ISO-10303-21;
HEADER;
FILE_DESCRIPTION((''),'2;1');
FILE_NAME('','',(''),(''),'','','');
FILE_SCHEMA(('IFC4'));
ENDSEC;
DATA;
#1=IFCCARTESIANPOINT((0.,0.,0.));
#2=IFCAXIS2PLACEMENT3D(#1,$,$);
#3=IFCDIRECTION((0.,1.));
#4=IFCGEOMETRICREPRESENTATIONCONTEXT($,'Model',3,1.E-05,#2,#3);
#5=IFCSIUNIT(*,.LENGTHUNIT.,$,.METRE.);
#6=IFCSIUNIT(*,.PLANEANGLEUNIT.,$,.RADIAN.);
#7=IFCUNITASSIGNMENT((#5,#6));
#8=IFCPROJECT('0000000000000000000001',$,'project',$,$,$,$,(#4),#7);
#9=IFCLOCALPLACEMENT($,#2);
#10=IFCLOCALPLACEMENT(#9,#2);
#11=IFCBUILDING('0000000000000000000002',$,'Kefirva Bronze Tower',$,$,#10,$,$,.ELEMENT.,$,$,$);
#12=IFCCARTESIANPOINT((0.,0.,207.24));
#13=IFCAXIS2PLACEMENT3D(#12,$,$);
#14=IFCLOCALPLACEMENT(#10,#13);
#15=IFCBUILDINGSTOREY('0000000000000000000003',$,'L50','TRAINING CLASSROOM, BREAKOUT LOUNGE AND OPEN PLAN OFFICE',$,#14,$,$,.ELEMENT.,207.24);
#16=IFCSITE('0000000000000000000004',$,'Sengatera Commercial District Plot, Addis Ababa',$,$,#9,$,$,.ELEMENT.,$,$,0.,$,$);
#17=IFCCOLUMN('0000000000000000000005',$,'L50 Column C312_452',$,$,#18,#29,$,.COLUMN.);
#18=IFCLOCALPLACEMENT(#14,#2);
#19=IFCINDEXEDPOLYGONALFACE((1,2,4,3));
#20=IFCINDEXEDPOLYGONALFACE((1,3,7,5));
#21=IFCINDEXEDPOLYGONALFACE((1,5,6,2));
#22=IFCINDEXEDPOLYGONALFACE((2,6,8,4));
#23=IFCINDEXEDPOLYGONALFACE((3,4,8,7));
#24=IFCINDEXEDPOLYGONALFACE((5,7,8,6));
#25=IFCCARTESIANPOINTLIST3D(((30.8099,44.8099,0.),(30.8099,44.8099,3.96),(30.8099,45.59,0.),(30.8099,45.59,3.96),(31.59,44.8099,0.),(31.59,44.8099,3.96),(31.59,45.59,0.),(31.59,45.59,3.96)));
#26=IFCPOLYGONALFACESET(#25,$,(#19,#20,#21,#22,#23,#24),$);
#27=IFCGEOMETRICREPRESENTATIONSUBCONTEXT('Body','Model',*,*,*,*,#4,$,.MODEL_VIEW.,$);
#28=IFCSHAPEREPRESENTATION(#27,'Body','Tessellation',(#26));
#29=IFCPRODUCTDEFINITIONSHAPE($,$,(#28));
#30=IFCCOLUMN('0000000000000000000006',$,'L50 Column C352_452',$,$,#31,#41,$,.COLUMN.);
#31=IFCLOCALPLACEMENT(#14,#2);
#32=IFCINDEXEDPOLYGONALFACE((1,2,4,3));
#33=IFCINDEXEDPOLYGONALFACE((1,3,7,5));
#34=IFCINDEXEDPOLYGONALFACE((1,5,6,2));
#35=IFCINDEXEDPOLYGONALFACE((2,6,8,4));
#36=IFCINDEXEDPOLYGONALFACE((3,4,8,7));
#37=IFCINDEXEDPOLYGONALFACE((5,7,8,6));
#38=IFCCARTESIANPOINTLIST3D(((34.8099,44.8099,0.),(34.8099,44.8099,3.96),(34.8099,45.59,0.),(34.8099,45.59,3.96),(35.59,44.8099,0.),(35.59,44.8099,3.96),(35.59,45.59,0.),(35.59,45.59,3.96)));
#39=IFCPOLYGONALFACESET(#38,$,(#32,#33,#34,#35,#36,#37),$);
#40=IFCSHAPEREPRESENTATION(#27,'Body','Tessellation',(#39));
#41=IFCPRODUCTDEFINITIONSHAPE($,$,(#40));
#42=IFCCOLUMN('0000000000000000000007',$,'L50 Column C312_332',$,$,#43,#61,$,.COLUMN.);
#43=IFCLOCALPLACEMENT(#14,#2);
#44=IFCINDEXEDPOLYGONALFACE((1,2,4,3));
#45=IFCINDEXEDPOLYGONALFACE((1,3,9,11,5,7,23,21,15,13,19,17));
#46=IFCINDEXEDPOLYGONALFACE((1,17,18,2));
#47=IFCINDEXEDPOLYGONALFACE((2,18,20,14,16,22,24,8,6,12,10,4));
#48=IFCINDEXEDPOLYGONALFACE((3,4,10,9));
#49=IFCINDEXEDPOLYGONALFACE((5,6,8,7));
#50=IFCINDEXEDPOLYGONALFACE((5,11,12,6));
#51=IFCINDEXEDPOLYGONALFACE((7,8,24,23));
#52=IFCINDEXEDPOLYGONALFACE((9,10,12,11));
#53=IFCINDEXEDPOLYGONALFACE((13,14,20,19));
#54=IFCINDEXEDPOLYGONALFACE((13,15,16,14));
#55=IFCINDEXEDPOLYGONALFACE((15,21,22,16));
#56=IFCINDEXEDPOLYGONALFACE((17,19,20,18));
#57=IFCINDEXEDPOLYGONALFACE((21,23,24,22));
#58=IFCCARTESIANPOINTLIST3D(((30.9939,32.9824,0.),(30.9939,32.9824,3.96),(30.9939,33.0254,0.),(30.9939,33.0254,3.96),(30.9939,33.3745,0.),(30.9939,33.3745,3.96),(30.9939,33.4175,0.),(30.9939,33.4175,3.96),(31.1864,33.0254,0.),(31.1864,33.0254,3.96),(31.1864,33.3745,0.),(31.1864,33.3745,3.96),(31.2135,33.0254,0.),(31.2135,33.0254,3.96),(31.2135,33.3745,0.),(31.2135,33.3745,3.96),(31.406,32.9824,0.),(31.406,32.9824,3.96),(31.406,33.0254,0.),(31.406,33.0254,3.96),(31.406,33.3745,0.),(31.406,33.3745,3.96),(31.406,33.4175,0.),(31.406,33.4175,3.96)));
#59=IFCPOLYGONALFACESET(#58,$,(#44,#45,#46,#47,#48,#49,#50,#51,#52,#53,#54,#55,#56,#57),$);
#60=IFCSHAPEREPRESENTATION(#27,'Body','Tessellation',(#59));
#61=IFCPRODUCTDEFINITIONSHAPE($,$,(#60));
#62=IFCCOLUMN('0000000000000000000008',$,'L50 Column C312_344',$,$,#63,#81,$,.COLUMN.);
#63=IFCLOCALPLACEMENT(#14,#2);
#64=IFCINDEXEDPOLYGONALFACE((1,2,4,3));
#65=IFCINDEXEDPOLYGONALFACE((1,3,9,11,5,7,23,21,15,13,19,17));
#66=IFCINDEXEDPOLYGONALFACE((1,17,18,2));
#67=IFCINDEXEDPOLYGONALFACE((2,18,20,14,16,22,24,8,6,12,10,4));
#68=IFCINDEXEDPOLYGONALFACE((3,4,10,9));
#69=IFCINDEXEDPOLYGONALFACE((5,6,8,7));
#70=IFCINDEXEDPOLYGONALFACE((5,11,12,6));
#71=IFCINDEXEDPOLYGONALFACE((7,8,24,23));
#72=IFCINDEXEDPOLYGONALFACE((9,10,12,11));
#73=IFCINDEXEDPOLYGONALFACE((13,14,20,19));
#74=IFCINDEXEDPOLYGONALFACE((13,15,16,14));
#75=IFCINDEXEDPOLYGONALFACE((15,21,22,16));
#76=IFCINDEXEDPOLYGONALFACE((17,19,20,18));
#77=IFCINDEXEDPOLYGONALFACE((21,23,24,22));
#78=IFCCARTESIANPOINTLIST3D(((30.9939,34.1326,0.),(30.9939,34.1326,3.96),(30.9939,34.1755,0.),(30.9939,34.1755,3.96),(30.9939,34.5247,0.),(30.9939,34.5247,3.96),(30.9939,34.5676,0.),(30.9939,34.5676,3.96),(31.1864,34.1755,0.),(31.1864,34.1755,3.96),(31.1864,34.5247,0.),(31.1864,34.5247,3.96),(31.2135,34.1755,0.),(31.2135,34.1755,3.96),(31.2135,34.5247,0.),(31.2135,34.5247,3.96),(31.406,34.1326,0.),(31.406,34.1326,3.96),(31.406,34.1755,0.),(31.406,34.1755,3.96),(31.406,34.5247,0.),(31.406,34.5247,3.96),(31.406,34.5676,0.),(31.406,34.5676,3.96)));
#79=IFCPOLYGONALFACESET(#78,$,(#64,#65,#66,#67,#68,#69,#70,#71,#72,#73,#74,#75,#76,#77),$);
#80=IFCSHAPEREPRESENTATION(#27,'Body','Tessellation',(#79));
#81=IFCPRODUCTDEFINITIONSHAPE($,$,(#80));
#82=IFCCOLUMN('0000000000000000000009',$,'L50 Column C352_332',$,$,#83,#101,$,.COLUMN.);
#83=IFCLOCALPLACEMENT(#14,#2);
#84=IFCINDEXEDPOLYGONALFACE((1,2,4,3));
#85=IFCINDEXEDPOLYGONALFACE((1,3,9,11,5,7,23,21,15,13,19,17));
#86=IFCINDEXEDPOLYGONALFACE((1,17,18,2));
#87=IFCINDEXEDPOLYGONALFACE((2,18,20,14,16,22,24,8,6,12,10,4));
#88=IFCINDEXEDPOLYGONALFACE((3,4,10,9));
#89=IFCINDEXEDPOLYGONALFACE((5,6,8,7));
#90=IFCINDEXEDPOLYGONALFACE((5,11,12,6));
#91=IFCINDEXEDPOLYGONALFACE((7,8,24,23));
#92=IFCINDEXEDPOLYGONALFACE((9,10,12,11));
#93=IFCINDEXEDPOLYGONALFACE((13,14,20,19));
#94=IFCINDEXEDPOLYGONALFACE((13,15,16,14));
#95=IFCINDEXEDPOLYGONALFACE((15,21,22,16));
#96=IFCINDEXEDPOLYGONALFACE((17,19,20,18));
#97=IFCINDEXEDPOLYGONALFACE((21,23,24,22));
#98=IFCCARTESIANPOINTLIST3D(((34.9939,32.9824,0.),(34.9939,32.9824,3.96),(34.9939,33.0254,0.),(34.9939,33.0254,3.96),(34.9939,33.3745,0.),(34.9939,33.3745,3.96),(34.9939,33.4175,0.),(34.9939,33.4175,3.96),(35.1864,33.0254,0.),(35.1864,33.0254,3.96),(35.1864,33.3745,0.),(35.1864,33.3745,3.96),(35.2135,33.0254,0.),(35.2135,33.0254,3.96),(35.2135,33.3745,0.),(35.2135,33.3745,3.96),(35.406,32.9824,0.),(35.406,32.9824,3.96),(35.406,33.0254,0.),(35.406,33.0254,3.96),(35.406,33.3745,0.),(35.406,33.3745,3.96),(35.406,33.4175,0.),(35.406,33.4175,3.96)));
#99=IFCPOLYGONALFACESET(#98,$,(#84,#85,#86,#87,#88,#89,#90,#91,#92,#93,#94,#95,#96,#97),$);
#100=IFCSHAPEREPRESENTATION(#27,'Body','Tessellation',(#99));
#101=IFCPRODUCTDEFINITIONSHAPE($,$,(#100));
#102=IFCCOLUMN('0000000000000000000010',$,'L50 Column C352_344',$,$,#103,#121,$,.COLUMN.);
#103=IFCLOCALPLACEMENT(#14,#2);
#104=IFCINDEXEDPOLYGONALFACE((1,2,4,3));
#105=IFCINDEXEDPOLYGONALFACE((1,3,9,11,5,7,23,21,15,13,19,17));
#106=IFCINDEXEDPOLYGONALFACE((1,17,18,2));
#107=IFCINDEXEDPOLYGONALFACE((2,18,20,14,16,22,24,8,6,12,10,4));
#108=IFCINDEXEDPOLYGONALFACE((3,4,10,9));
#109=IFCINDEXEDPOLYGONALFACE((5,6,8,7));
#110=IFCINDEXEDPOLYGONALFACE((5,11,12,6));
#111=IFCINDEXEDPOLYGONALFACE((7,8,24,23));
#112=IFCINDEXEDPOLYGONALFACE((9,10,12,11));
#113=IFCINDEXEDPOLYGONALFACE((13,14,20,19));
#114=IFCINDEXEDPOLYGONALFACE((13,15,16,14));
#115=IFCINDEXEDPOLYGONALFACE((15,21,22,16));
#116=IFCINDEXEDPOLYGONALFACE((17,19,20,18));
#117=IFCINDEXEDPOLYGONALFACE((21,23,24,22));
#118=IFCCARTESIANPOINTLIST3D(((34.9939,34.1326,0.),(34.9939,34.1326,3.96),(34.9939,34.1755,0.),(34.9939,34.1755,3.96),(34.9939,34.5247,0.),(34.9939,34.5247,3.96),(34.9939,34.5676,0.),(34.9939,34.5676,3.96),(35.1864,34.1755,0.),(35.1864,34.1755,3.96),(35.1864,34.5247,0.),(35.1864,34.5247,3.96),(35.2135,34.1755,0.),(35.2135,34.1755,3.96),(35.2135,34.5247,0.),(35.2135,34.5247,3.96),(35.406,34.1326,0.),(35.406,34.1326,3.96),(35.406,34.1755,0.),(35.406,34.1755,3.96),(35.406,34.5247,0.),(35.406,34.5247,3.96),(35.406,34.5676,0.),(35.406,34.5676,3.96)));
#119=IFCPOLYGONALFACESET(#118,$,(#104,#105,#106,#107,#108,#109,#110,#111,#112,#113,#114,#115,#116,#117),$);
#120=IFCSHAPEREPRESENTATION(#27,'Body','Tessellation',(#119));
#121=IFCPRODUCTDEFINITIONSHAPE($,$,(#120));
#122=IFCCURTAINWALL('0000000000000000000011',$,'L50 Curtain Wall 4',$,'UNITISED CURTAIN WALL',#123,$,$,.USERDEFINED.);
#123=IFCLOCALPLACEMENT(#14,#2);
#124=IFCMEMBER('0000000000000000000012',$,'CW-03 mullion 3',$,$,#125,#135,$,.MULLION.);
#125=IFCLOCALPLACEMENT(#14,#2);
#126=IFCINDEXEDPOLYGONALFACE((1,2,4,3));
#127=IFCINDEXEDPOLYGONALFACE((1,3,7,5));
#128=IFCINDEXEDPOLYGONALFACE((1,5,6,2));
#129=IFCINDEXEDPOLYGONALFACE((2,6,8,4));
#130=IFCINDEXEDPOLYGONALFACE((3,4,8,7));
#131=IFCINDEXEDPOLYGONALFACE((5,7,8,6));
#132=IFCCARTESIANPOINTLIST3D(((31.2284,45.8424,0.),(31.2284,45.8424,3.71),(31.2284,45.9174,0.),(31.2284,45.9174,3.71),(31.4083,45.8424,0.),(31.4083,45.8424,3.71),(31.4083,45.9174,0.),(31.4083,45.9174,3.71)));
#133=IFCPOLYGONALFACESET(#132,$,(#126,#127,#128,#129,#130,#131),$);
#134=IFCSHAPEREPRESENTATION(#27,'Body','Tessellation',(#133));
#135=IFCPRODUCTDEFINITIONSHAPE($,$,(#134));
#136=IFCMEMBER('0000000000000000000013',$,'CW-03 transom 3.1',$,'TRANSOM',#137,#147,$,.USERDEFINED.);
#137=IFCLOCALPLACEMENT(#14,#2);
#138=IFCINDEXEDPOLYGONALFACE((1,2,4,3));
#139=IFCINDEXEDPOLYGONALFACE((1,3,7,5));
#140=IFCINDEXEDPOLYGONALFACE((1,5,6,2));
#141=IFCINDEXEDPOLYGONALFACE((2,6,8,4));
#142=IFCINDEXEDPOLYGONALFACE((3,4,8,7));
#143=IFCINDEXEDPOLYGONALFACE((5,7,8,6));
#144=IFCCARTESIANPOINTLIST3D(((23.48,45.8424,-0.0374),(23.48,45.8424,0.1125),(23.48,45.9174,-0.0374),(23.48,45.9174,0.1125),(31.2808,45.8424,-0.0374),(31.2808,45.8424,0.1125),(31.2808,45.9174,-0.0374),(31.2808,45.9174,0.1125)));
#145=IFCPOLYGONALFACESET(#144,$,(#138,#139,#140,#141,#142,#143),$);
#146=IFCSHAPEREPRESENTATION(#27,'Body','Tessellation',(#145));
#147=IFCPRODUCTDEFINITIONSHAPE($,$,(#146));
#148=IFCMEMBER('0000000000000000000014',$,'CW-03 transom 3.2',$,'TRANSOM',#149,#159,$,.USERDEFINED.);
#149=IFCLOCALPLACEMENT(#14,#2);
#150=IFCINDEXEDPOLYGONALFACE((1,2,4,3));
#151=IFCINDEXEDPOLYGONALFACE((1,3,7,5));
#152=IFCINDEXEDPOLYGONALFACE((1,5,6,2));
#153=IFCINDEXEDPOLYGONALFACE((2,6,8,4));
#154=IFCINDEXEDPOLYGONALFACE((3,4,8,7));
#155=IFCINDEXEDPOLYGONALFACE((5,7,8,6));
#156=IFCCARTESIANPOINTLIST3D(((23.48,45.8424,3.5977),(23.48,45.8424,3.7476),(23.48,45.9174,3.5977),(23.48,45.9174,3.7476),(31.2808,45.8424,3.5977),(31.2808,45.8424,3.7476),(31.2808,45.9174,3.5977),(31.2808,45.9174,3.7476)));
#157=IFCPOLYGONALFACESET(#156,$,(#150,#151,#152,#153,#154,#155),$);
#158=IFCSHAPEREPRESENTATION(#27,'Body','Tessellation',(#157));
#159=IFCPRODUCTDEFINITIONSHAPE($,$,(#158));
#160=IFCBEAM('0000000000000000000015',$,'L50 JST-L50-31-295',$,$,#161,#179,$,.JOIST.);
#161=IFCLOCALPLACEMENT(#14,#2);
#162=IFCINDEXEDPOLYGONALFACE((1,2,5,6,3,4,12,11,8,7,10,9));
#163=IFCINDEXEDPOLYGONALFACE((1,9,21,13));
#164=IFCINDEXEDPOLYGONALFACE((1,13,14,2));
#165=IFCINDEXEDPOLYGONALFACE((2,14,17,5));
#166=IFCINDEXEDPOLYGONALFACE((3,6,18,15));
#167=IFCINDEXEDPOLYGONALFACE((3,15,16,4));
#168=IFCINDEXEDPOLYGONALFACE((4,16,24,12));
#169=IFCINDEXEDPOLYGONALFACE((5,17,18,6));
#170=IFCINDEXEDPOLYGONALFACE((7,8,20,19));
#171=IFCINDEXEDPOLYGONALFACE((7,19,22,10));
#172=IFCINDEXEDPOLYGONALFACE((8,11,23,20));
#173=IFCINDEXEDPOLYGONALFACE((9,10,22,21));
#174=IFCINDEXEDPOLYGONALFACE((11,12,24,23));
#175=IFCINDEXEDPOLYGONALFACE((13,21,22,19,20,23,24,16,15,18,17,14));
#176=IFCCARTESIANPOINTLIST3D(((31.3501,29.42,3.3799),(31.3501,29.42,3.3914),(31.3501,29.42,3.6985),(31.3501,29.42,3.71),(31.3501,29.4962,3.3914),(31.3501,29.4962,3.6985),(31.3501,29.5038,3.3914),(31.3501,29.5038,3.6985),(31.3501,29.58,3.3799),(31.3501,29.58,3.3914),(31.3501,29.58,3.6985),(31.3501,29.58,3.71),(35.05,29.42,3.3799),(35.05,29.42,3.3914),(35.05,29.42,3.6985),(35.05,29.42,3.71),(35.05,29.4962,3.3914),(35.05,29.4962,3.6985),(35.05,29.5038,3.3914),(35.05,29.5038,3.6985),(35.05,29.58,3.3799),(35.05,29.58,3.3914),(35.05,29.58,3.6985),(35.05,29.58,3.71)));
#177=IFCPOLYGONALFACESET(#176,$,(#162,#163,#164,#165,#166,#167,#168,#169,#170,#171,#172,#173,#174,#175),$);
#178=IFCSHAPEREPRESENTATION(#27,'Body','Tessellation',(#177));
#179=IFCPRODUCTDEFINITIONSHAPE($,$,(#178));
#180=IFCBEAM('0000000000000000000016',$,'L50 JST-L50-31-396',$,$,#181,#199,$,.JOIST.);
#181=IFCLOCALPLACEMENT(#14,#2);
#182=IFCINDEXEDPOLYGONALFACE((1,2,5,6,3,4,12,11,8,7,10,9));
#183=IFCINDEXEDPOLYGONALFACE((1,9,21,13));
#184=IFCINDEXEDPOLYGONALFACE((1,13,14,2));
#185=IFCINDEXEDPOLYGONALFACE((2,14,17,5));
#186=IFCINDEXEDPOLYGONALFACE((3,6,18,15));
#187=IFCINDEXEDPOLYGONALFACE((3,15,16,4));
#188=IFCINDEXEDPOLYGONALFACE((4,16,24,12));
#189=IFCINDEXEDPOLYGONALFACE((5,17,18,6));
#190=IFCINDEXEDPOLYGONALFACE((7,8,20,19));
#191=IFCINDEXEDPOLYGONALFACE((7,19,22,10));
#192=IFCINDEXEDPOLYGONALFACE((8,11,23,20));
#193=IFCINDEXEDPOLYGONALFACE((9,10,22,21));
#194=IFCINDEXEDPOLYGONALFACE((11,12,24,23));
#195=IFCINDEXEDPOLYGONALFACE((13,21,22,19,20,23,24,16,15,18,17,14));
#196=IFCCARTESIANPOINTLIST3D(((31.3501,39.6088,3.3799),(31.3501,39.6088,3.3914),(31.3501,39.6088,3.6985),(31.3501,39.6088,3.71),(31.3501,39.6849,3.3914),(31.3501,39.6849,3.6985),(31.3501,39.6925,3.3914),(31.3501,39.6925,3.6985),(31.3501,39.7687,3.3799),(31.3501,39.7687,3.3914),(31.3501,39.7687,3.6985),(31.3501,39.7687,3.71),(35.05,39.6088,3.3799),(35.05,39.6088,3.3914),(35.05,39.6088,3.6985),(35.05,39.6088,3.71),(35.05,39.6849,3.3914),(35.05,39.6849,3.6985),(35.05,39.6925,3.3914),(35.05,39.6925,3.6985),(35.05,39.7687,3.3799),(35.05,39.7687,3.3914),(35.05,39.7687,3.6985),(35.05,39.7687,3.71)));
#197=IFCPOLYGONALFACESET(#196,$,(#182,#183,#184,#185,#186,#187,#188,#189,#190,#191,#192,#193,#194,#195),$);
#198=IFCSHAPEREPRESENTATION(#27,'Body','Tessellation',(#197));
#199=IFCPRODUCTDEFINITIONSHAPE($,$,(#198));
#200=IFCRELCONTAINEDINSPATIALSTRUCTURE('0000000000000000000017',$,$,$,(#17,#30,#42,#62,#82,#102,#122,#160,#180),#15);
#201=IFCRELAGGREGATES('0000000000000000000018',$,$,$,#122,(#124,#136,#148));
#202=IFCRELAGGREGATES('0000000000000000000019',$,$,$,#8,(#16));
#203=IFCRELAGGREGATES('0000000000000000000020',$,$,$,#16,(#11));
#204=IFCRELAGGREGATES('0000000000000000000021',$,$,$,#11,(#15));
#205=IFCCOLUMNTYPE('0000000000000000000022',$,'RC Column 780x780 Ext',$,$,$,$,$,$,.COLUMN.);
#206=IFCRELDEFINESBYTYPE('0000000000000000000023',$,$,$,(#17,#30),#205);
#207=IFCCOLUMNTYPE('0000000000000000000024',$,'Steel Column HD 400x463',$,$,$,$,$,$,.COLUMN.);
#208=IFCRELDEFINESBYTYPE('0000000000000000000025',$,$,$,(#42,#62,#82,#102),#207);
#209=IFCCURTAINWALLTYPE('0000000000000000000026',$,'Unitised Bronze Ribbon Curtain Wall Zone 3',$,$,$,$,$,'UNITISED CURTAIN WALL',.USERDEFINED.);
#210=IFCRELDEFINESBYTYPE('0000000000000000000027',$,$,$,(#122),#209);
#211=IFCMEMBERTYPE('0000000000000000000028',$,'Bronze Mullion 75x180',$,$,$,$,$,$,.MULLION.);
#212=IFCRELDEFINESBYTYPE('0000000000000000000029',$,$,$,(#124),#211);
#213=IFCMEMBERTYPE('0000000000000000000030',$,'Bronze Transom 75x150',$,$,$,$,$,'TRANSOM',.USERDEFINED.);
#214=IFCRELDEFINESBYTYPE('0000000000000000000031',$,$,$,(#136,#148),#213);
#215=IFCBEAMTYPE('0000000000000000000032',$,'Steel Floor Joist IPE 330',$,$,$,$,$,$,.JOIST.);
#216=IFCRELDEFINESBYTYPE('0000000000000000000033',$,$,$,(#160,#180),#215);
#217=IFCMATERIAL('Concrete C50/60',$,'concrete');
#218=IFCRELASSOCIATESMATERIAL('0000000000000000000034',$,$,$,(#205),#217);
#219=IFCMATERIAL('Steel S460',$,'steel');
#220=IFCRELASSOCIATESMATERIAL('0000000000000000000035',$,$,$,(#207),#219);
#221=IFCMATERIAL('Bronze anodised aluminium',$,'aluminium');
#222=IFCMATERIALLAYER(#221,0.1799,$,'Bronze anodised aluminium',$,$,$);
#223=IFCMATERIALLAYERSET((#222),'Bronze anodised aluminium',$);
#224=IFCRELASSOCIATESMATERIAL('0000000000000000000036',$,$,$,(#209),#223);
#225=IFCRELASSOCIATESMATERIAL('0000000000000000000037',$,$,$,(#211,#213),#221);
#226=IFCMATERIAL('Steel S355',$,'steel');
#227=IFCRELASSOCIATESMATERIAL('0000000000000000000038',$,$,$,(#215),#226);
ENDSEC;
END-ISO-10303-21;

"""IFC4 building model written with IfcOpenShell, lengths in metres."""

from ifc_helpers import new_model, si_unit, direction, frame, origin, origin_2d, place, context, subcontext, project, spatial, rectangle, i_section, extrude, material, layer, layer_set, material_profile, profile_set, type_object, element, aggregate, save


model = new_model("IFC4")

# Units and contexts
model_context = context("Model", 3, precision=1e-05, world=origin(), true_north=direction((0.0, 1.0)))
body_context = subcontext(model_context, "Body", "Model", "MODEL_VIEW")
ifc_project = project(units=[si_unit("LENGTHUNIT", "METRE"), si_unit("PLANEANGLEUNIT", "RADIAN")], contexts=[model_context])

# Site, building, storey
site_placement = place(None, origin())
site = spatial("IfcSite", under=ifc_project, at=site_placement, Name="Sengatera Commercial District Plot, Addis Ababa", CompositionType="ELEMENT", RefElevation=0.0)
building_placement = place(site_placement, origin())
building = spatial("IfcBuilding", under=site, at=building_placement, Name="Kefirva Bronze Tower", CompositionType="ELEMENT")
storey_placement = place(building_placement, frame((0.0, 0.0, 207.24)))
storey = spatial("IfcBuildingStorey", under=building, at=storey_placement, Name="L50", Description="TRAINING CLASSROOM, BREAKOUT LOUNGE AND OPEN PLAN OFFICE", CompositionType="ELEMENT", Elevation=207.24)

# Columns
ifc_material_1 = material(Name="Concrete C50/60", Category="concrete")
ifc_material_profile_1 = material_profile(ifc_material_1, rectangle(XDim=0.78, YDim=0.78, at=origin_2d()), Name="RC 780x780")
ifc_profile_set_1 = profile_set([ifc_material_profile_1], Name="Concrete C50/60")
column_type_1 = type_object("IfcColumnType", Name="RC Column 780x780 Ext", PredefinedType="COLUMN", material=ifc_profile_set_1)
for number, where, z_axis, x_axis, name in (
    (1, (31.2, 45.2, 0.0), (0.0, 0.0, 1.0), (1.0, 0.0, 0.0), "L50 Column C312_452"),
    (2, (35.2, 45.2, 0.0), (0.0, 0.0, 1.0), (1.0, 0.0, 0.0), "L50 Column C352_452"),
):
    element("IfcColumn", number, at=place(storey_placement, frame(where, z_axis=z_axis, x_axis=x_axis)), inside=storey, type_object=column_type_1, Name=name, PredefinedType="COLUMN", context=body_context, shape_type="SweptSolid", body=[
        extrude(rectangle(XDim=0.78, YDim=0.78, at=origin_2d()), origin(), (0.0, 0.0, 1.0), 3.96),
    ])
ifc_material_2 = material(Name="Steel S460", Category="steel")
ifc_material_profile_2 = material_profile(ifc_material_2, i_section(OverallWidth=0.4121, OverallDepth=0.4351, WebThickness=0.0271, FlangeThickness=0.043, at=origin_2d()), Name="HD 400x463")
ifc_profile_set_2 = profile_set([ifc_material_profile_2], Name="Steel S460")
column_type_2 = type_object("IfcColumnType", Name="Steel Column HD 400x463", PredefinedType="COLUMN", material=ifc_profile_set_2)
for number, where, z_axis, x_axis, name in (
    (3, (31.2, 33.2, 0.0), (0.0, 0.0, 1.0), (1.0, 0.0, 0.0), "L50 Column C312_332"),
    (4, (31.2, 34.3501, 0.0), (0.0, 0.0, 1.0), (1.0, 0.0, 0.0), "L50 Column C312_344"),
    (5, (35.2, 33.2, 0.0), (0.0, 0.0, 1.0), (1.0, 0.0, 0.0), "L50 Column C352_332"),
    (6, (35.2, 34.3501, 0.0), (0.0, 0.0, 1.0), (1.0, 0.0, 0.0), "L50 Column C352_344"),
):
    element("IfcColumn", number, at=place(storey_placement, frame(where, z_axis=z_axis, x_axis=x_axis)), inside=storey, type_object=column_type_2, Name=name, PredefinedType="COLUMN", context=body_context, shape_type="SweptSolid", body=[
        extrude(i_section(OverallWidth=0.4121, OverallDepth=0.4351, WebThickness=0.0271, FlangeThickness=0.043, at=origin_2d()), origin(), (0.0, 0.0, 1.0), 3.96),
    ])

# Curtain wall, members
ifc_material_3 = material(Name="Bronze anodised aluminium", Category="aluminium")
ifc_layer_1 = layer(ifc_material_3, 0.1799, Name="Bronze anodised aluminium")
ifc_layer_set_1 = layer_set([ifc_layer_1], Name="Bronze anodised aluminium")
curtain_wall_type = type_object("IfcCurtainWallType", Name="Unitised Bronze Ribbon Curtain Wall Zone 3", ElementType="UNITISED CURTAIN WALL", PredefinedType="USERDEFINED", material=ifc_layer_set_1)
curtain_wall_placement = place(storey_placement, origin())
curtain_wall = element("IfcCurtainWall", 7, at=curtain_wall_placement, inside=storey, type_object=curtain_wall_type, Name="L50 Curtain Wall 4", ObjectType="UNITISED CURTAIN WALL", PredefinedType="USERDEFINED")
ifc_material_profile_3 = material_profile(ifc_material_3, rectangle(XDim=0.075, YDim=0.1799, at=origin_2d()), Name="ALU 75x180")
ifc_profile_set_3 = profile_set([ifc_material_profile_3], Name="Bronze anodised aluminium")
member_type_1 = type_object("IfcMemberType", Name="Bronze Mullion 75x180", PredefinedType="MULLION", material=ifc_profile_set_3)
member_1_placement = place(storey_placement, frame((31.3184, 45.8799, 0.0), z_axis=(0.0, 0.0, 1.0), x_axis=(0.0, -1.0, 0.0)))
member_1 = element("IfcMember", 8, at=member_1_placement, type_object=member_type_1, Name="CW-03 mullion 3", PredefinedType="MULLION", context=body_context, shape_type="SweptSolid", body=[
    extrude(rectangle(XDim=0.075, YDim=0.1799, at=origin_2d()), origin(), (0.0, 0.0, 1.0), 3.71),
])
ifc_material_profile_4 = material_profile(ifc_material_3, rectangle(XDim=0.075, YDim=0.1499, at=origin_2d()), Name="ALU 75x150")
ifc_profile_set_4 = profile_set([ifc_material_profile_4], Name="Bronze anodised aluminium")
member_type_2 = type_object("IfcMemberType", Name="Bronze Transom 75x150", ElementType="TRANSOM", PredefinedType="USERDEFINED", material=ifc_profile_set_4)
member_2_placement = place(storey_placement, frame((31.2808, 45.8799, 0.0376), z_axis=(-1.0, 0.0, 0.0), x_axis=(0.0, -1.0, 0.0)))
member_2 = element("IfcMember", 9, at=member_2_placement, type_object=member_type_2, Name="CW-03 transom 3.1", ObjectType="TRANSOM", PredefinedType="USERDEFINED", context=body_context, shape_type="SweptSolid", body=[
    extrude(rectangle(XDim=0.075, YDim=0.1499, at=origin_2d()), origin(), (0.0, 0.0, 1.0), 7.8008),
])
member_3_placement = place(storey_placement, frame((31.2808, 45.8799, 3.6726), z_axis=(-1.0, 0.0, 0.0), x_axis=(0.0, -1.0, 0.0)))
member_3 = element("IfcMember", 10, at=member_3_placement, type_object=member_type_2, Name="CW-03 transom 3.2", ObjectType="TRANSOM", PredefinedType="USERDEFINED", context=body_context, shape_type="SweptSolid", body=[
    extrude(rectangle(XDim=0.075, YDim=0.1499, at=origin_2d()), origin(), (0.0, 0.0, 1.0), 7.8008),
])

# Beams
ifc_material_4 = material(Name="Steel S355", Category="steel")
ifc_material_profile_5 = material_profile(ifc_material_4, i_section(OverallWidth=0.1599, OverallDepth=0.3301, WebThickness=0.0076, FlangeThickness=0.0115, at=origin_2d()), Name="IPE 330")
ifc_profile_set_5 = profile_set([ifc_material_profile_5], Name="Steel S355")
beam_type_1 = type_object("IfcBeamType", Name="Steel Floor Joist IPE 330", PredefinedType="JOIST", material=ifc_profile_set_5)
for number, where, z_axis, x_axis, name in (
    (11, (31.3501, 29.5, 3.5449), (1.0, 0.0, 0.0), (0.0, 1.0, 0.0), "L50 JST-L50-31-295"),
    (12, (31.3501, 39.6887, 3.5449), (1.0, 0.0, 0.0), (0.0, 1.0, 0.0), "L50 JST-L50-31-396"),
):
    element("IfcBeam", number, at=place(storey_placement, frame(where, z_axis=z_axis, x_axis=x_axis)), inside=storey, type_object=beam_type_1, Name=name, PredefinedType="JOIST", context=body_context, shape_type="SweptSolid", body=[
        extrude(i_section(OverallWidth=0.1599, OverallDepth=0.3301, WebThickness=0.0076, FlangeThickness=0.0115, at=origin_2d()), origin(), (0.0, 0.0, 1.0), 3.7),
    ])

aggregate(curtain_wall, [member_1, member_2, member_3])

save(model, "model.ifc")
